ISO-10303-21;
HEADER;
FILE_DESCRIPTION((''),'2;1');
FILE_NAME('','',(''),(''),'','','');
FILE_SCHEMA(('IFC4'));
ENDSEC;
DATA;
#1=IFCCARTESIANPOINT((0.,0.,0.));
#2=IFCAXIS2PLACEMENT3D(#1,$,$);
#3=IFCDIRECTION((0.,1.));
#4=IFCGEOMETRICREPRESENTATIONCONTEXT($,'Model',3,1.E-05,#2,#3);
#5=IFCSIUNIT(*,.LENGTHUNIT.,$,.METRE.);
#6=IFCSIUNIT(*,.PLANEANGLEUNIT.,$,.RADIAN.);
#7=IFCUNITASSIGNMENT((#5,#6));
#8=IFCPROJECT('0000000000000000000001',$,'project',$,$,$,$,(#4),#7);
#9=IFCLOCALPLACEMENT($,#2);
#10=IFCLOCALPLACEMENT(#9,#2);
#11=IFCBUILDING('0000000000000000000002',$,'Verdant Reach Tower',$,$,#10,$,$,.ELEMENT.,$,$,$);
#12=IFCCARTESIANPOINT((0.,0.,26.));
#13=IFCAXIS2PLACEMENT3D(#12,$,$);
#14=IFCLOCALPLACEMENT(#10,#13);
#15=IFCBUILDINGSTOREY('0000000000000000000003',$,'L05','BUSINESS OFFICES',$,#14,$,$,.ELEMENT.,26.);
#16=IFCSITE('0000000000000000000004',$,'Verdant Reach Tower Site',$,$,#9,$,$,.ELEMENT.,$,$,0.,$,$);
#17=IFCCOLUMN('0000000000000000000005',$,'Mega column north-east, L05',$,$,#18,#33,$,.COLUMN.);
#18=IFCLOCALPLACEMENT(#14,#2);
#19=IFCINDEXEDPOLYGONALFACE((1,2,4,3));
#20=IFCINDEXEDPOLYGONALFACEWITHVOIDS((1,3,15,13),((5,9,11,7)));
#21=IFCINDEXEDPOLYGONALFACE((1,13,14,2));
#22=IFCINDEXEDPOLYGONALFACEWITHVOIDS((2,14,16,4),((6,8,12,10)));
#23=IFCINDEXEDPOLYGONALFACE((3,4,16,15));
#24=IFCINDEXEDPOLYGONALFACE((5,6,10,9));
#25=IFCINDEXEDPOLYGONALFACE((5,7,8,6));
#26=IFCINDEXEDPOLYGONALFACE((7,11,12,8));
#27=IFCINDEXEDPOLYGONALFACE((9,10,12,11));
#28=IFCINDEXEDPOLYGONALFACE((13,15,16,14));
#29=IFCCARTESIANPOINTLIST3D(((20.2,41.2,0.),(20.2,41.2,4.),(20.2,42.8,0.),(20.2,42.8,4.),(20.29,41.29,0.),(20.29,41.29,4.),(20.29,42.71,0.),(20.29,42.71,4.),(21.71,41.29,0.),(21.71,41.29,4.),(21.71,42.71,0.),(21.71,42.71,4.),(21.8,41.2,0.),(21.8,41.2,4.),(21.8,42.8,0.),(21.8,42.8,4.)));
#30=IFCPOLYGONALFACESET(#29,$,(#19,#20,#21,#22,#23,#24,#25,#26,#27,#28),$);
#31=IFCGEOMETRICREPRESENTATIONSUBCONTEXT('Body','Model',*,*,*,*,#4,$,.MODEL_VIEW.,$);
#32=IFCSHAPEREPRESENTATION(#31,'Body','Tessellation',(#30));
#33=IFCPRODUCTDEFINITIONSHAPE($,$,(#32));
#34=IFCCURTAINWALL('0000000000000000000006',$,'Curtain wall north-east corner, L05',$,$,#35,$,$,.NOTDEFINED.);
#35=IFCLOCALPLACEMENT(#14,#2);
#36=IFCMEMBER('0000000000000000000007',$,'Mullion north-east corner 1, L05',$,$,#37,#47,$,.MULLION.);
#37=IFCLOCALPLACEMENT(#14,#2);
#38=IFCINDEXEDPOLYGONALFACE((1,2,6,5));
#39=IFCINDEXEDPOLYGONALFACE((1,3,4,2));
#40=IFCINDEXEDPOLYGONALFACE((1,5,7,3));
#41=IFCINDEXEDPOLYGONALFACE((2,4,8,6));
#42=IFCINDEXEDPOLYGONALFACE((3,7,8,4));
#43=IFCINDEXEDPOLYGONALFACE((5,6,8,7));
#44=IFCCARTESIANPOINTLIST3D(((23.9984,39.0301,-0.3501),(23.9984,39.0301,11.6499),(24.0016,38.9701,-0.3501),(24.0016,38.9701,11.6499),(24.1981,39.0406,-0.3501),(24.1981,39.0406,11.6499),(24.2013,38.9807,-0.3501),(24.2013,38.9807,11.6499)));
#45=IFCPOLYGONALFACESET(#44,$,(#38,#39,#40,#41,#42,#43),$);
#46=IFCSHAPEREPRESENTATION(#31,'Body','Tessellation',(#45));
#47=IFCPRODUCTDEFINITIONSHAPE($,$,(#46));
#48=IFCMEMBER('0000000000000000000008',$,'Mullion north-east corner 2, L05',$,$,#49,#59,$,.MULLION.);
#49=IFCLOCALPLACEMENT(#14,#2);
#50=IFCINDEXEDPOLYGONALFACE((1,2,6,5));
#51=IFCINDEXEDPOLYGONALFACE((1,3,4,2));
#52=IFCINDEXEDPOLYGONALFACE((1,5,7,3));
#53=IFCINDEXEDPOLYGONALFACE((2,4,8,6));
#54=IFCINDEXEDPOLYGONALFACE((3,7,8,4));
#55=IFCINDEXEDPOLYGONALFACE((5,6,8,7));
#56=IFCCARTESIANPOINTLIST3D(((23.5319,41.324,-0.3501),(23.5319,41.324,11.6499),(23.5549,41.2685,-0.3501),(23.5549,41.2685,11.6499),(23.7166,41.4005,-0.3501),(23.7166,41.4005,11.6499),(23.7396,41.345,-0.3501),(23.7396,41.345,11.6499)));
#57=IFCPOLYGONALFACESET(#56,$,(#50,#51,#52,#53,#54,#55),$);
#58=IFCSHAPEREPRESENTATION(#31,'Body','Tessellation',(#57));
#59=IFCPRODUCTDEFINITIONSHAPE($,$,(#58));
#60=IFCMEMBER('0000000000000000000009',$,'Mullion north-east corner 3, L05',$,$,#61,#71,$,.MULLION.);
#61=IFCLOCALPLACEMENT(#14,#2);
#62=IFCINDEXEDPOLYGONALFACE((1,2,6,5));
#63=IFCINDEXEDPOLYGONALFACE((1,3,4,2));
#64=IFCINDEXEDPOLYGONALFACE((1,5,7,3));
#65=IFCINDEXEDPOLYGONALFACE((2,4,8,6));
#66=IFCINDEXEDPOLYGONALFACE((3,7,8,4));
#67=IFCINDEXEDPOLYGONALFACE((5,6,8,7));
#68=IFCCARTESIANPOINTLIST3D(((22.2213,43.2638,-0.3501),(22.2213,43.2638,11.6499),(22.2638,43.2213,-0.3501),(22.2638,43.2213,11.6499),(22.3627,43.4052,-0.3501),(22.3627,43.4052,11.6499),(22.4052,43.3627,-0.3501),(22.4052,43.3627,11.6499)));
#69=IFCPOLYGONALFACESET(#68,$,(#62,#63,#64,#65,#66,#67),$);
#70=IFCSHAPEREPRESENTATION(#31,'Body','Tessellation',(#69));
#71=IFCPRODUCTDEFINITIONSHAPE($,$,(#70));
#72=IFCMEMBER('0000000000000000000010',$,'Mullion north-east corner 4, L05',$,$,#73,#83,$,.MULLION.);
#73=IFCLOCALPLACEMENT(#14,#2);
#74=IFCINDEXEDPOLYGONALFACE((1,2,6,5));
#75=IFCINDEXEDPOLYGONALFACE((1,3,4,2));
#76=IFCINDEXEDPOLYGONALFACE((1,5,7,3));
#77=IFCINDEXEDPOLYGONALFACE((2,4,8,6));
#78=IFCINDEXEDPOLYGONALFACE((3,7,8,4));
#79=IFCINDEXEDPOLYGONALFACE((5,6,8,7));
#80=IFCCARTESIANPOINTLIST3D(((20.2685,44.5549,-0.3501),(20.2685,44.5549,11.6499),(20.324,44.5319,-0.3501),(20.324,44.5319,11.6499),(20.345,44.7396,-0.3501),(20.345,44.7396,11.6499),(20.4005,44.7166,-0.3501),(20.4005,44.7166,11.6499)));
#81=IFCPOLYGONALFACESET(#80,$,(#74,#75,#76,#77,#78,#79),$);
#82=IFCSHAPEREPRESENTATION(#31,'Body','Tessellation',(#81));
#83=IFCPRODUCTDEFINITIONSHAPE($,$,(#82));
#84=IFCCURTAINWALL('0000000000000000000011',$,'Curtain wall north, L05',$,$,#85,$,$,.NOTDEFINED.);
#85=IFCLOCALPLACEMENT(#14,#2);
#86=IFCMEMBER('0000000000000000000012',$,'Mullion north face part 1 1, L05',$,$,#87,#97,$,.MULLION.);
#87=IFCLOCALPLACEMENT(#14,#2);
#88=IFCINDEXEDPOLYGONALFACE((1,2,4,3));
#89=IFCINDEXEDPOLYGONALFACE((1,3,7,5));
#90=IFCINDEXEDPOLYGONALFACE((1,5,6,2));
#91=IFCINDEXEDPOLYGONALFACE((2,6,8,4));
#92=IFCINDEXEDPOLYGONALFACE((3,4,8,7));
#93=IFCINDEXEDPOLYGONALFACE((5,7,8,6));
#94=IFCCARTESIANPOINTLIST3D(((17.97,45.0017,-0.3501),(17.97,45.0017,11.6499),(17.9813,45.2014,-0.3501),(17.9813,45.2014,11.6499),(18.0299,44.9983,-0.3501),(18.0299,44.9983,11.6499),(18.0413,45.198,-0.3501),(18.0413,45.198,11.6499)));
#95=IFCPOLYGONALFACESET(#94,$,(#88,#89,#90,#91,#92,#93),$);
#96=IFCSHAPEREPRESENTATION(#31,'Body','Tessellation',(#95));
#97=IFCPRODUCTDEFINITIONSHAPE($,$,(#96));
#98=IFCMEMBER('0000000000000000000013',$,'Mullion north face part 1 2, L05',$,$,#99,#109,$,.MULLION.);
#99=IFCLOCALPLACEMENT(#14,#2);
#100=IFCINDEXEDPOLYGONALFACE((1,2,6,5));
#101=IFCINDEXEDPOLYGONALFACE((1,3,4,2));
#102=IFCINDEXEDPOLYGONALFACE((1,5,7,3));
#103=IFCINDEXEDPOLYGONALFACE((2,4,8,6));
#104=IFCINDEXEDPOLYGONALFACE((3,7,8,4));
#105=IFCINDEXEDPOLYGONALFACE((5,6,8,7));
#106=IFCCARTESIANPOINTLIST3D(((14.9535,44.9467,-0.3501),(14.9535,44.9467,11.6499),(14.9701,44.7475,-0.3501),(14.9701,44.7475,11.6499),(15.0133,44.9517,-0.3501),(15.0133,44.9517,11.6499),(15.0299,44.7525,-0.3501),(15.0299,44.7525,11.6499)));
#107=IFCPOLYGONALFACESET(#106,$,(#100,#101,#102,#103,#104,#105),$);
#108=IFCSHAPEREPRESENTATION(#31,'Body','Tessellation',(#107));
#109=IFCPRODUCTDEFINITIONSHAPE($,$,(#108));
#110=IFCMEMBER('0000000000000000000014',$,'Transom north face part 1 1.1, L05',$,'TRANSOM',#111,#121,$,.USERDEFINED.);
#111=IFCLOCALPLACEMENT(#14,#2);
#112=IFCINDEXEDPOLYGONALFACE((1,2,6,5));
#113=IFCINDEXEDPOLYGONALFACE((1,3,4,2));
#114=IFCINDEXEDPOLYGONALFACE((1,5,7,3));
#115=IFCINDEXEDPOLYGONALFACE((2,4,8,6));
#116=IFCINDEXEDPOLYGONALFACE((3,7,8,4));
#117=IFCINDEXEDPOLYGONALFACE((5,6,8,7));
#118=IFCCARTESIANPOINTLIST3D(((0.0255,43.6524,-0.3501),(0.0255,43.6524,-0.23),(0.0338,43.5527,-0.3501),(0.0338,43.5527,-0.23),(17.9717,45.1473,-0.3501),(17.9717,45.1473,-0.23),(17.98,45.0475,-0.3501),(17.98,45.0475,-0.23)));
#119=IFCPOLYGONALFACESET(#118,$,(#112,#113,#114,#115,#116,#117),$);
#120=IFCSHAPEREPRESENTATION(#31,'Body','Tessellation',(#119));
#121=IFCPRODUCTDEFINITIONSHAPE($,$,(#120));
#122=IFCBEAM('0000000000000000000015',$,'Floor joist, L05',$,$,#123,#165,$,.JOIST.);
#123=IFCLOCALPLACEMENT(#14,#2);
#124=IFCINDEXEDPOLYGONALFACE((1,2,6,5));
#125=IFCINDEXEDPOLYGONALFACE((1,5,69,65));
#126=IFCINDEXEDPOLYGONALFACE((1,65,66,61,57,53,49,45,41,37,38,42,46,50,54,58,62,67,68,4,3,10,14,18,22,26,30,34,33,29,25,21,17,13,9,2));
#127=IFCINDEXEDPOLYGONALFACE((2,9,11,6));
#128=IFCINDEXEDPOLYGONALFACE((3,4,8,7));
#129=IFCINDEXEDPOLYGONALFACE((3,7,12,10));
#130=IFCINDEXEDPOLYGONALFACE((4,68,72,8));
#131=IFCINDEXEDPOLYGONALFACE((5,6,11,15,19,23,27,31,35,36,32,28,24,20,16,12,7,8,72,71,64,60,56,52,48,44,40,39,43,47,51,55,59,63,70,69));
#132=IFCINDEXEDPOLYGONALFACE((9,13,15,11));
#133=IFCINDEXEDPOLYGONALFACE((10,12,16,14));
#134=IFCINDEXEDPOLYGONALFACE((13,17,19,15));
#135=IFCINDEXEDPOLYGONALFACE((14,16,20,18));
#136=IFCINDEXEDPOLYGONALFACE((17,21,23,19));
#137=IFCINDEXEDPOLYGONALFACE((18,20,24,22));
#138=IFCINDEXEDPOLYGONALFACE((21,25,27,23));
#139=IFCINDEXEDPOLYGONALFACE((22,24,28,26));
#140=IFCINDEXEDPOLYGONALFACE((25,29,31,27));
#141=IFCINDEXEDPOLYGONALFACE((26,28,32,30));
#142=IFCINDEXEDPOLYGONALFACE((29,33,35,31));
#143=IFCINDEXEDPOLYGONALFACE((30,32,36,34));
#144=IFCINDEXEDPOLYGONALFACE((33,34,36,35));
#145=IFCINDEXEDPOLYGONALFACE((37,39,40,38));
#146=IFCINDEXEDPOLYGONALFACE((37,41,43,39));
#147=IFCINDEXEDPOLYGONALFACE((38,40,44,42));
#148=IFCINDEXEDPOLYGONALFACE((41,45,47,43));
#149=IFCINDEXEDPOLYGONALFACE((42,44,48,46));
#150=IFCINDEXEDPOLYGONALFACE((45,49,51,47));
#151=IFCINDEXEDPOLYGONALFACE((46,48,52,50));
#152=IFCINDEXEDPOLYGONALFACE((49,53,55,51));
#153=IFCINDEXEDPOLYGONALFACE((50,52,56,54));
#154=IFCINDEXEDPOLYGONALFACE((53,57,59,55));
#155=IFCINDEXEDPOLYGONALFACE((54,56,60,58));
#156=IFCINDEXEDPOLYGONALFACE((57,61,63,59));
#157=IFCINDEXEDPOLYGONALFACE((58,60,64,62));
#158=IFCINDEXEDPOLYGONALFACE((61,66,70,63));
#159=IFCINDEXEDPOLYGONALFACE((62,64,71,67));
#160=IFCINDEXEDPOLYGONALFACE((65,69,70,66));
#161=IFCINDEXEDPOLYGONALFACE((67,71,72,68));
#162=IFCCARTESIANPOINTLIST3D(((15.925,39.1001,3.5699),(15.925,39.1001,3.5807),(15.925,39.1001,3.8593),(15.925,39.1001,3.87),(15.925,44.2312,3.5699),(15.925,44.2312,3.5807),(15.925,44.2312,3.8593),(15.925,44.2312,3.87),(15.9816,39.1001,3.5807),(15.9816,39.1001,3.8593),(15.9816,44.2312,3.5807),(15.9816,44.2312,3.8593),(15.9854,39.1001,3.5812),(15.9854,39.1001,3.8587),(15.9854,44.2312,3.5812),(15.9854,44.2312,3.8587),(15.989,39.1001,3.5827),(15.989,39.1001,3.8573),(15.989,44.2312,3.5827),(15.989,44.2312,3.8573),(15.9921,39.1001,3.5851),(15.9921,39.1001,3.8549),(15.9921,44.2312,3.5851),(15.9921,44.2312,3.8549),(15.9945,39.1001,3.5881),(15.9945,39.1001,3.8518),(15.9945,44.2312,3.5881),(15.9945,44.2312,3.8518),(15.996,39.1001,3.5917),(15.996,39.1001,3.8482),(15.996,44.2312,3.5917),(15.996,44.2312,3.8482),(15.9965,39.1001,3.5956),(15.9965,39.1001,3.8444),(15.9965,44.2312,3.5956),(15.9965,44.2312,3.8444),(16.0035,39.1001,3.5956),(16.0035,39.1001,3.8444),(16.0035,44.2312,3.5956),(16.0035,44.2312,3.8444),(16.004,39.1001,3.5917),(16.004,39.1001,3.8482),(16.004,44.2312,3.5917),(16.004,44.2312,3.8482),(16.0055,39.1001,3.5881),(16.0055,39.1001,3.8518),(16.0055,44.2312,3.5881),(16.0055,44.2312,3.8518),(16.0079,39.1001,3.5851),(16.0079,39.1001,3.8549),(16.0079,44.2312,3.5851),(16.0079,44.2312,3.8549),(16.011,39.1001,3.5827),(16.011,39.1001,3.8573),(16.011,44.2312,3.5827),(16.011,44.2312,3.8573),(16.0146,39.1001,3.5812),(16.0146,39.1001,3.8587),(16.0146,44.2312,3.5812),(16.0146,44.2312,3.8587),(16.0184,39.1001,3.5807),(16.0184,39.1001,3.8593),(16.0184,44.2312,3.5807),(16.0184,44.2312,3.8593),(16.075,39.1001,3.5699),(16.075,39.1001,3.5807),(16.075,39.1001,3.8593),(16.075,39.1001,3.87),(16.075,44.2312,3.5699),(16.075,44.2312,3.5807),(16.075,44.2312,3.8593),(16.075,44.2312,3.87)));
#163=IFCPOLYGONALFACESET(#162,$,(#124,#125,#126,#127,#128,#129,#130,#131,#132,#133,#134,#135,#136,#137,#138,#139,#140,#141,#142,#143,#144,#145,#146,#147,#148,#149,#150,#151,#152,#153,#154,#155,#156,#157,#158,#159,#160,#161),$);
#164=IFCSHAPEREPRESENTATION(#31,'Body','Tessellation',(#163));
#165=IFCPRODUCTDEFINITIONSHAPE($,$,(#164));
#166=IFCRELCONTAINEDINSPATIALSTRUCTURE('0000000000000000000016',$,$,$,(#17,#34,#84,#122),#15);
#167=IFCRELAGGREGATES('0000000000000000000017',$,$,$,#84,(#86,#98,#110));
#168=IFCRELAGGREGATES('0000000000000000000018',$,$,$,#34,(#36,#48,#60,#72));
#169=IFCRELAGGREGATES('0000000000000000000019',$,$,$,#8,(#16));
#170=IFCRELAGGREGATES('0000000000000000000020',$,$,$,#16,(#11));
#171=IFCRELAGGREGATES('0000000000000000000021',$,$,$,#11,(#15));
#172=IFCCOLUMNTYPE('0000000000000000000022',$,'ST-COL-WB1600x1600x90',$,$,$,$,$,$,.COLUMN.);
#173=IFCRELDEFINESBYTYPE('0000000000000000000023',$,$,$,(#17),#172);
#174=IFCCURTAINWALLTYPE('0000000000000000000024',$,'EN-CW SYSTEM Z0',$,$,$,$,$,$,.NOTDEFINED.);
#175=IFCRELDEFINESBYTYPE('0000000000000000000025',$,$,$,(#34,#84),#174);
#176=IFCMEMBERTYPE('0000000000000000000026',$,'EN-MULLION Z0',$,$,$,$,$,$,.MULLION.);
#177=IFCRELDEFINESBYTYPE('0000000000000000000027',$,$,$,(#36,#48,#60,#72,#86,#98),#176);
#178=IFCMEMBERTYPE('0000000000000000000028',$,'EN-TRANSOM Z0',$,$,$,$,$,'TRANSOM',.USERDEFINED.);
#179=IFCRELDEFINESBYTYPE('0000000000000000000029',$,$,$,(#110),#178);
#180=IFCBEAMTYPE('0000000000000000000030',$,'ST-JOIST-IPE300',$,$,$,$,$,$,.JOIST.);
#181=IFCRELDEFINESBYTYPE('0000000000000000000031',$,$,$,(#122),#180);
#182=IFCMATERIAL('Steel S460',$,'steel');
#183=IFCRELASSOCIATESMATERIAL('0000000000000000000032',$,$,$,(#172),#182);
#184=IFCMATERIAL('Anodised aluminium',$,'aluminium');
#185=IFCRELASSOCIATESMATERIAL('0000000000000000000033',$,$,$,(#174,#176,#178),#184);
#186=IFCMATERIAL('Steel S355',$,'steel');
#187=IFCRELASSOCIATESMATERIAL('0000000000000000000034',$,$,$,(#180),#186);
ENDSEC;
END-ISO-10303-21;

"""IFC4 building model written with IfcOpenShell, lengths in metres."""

from ifc_helpers import new_model, si_unit, direction, frame, origin, origin_2d, place, context, subcontext, project, spatial, rectangle, hollow_rectangle, i_section, extrude, material, material_profile, profile_set, type_object, element, aggregate, save


model = new_model("IFC4")

# Units and contexts
model_context = context("Model", 3, precision=1e-05, world=origin(), true_north=direction((0.0, 1.0)))
body_context = subcontext(model_context, "Body", "Model", "MODEL_VIEW")
ifc_project = project(units=[si_unit("LENGTHUNIT", "METRE"), si_unit("PLANEANGLEUNIT", "RADIAN")], contexts=[model_context])

# Site, building, storey
site_placement = place(None, origin())
site = spatial("IfcSite", under=ifc_project, at=site_placement, Name="Verdant Reach Tower Site", CompositionType="ELEMENT", RefElevation=0.0)
building_placement = place(site_placement, origin())
building = spatial("IfcBuilding", under=site, at=building_placement, Name="Verdant Reach Tower", CompositionType="ELEMENT")
storey_placement = place(building_placement, frame((0.0, 0.0, 26.0)))
storey = spatial("IfcBuildingStorey", under=building, at=storey_placement, Name="L05", Description="BUSINESS OFFICES", CompositionType="ELEMENT", Elevation=26.0)

# Column
ifc_material_1 = material(Name="Steel S460", Category="steel")
ifc_material_profile_1 = material_profile(ifc_material_1, hollow_rectangle(XDim=1.6001, YDim=1.6001, WallThickness=0.0901, at=origin_2d()), Name="WB 1600x1600x90")
ifc_profile_set_1 = profile_set([ifc_material_profile_1], Name="Steel S460")
column_type = type_object("IfcColumnType", Name="ST-COL-WB1600x1600x90", PredefinedType="COLUMN", material=ifc_profile_set_1)
column_placement = place(storey_placement, frame((21.0, 42.0, 0.0), z_axis=(0.0, 0.0, 1.0), x_axis=(1.0, 0.0, 0.0)))
element("IfcColumn", 1, at=column_placement, inside=storey, type_object=column_type, Name="Mega column north-east, L05", PredefinedType="COLUMN", context=body_context, shape_type="SweptSolid", body=[
    extrude(hollow_rectangle(XDim=1.6001, YDim=1.6001, WallThickness=0.0901, at=origin_2d()), origin(), (0.0, 0.0, 1.0), 4.0),
])

# Curtain walls, members
ifc_material_2 = material(Name="Anodised aluminium", Category="aluminium")
curtain_wall_type = type_object("IfcCurtainWallType", Name="EN-CW SYSTEM Z0", PredefinedType="NOTDEFINED", material=ifc_material_2)
curtain_wall_1_placement = place(storey_placement, origin())
curtain_wall_1 = element("IfcCurtainWall", 2, at=curtain_wall_1_placement, inside=storey, type_object=curtain_wall_type, Name="Curtain wall north-east corner, L05", PredefinedType="NOTDEFINED")
ifc_material_profile_2 = material_profile(ifc_material_2, rectangle(XDim=0.2, YDim=0.0601, at=origin_2d()), Name="Mullion 60x200")
ifc_profile_set_2 = profile_set([ifc_material_profile_2], Name="Anodised aluminium")
member_type_1 = type_object("IfcMemberType", Name="EN-MULLION Z0", PredefinedType="MULLION", material=ifc_profile_set_2)
member_1_placement = place(storey_placement, frame((24.0999, 39.0054, -0.3501), z_axis=(0.0, 0.0, 1.0), x_axis=(0.998604, 0.052815, 0.0)))
member_1 = element("IfcMember", 3, at=member_1_placement, type_object=member_type_1, Name="Mullion north-east corner 1, L05", PredefinedType="MULLION", context=body_context, shape_type="SweptSolid", body=[
    extrude(rectangle(XDim=0.2, YDim=0.0601, at=origin_2d()), origin(), (0.0, 0.0, 1.0), 12.0),
])
member_2_placement = place(storey_placement, frame((23.6357, 41.3345, -0.3501), z_axis=(0.0, 0.0, 1.0), x_axis=(0.923875, 0.382694, 0.0)))
member_2 = element("IfcMember", 4, at=member_2_placement, type_object=member_type_1, Name="Mullion north-east corner 2, L05", PredefinedType="MULLION", context=body_context, shape_type="SweptSolid", body=[
    extrude(rectangle(XDim=0.2, YDim=0.0601, at=origin_2d()), origin(), (0.0, 0.0, 1.0), 12.0),
])
member_3_placement = place(storey_placement, frame((22.3132, 43.3132, -0.3501), z_axis=(0.0, 0.0, 1.0), x_axis=(0.707107, 0.707107, 0.0)))
member_3 = element("IfcMember", 5, at=member_3_placement, type_object=member_type_1, Name="Mullion north-east corner 3, L05", PredefinedType="MULLION", context=body_context, shape_type="SweptSolid", body=[
    extrude(rectangle(XDim=0.2, YDim=0.0601, at=origin_2d()), origin(), (0.0, 0.0, 1.0), 12.0),
])
member_4_placement = place(storey_placement, frame((20.3345, 44.6357, -0.3501), z_axis=(0.0, 0.0, 1.0), x_axis=(0.382694, 0.923875, 0.0)))
member_4 = element("IfcMember", 6, at=member_4_placement, type_object=member_type_1, Name="Mullion north-east corner 4, L05", PredefinedType="MULLION", context=body_context, shape_type="SweptSolid", body=[
    extrude(rectangle(XDim=0.2, YDim=0.0601, at=origin_2d()), origin(), (0.0, 0.0, 1.0), 12.0),
])
curtain_wall_2_placement = place(storey_placement, origin())
curtain_wall_2 = element("IfcCurtainWall", 7, at=curtain_wall_2_placement, inside=storey, type_object=curtain_wall_type, Name="Curtain wall north, L05", PredefinedType="NOTDEFINED")
member_5_placement = place(storey_placement, frame((18.0056, 45.0999, -0.3501), z_axis=(0.0, 0.0, 1.0), x_axis=(0.056569, 0.998399, 0.0)))
member_5 = element("IfcMember", 8, at=member_5_placement, type_object=member_type_1, Name="Mullion north face part 1 1, L05", PredefinedType="MULLION", context=body_context, shape_type="SweptSolid", body=[
    extrude(rectangle(XDim=0.2, YDim=0.0601, at=origin_2d()), origin(), (0.0, 0.0, 1.0), 12.0),
])
member_6_placement = place(storey_placement, frame((14.9917, 44.8496, -0.3501), z_axis=(0.0, 0.0, 1.0), x_axis=(-0.083045, 0.996546, 0.0)))
member_6 = element("IfcMember", 9, at=member_6_placement, type_object=member_type_1, Name="Mullion north face part 1 2, L05", PredefinedType="MULLION", context=body_context, shape_type="SweptSolid", body=[
    extrude(rectangle(XDim=0.2, YDim=0.0601, at=origin_2d()), origin(), (0.0, 0.0, 1.0), 12.0),
])
ifc_material_profile_3 = material_profile(ifc_material_2, rectangle(XDim=0.1001, YDim=0.1201, at=origin_2d()), Name="Transom 120x100")
ifc_profile_set_3 = profile_set([ifc_material_profile_3], Name="Anodised aluminium")
member_type_2 = type_object("IfcMemberType", Name="EN-TRANSOM Z0", ElementType="TRANSOM", PredefinedType="USERDEFINED", material=ifc_profile_set_3)
member_7_placement = place(storey_placement, frame((17.9758, 45.0974, -0.29), z_axis=(-0.996549, -0.083011, 0.0), x_axis=(0.083011, -0.996549, 0.0)))
member_7 = element("IfcMember", 10, at=member_7_placement, type_object=member_type_2, Name="Transom north face part 1 1.1, L05", ObjectType="TRANSOM", PredefinedType="USERDEFINED", context=body_context, shape_type="SweptSolid", body=[
    extrude(rectangle(XDim=0.1001, YDim=0.1201, at=origin_2d()), origin(), (0.0, 0.0, 1.0), 18.0083),
])

# Beam
ifc_material_3 = material(Name="Steel S355", Category="steel")
ifc_material_profile_4 = material_profile(ifc_material_3, i_section(OverallWidth=0.1499, OverallDepth=0.3, WebThickness=0.0071, FlangeThickness=0.0107, FilletRadius=0.0149, at=origin_2d()), Name="IPE 300")
ifc_profile_set_4 = profile_set([ifc_material_profile_4], Name="Steel S355")
beam_type_1 = type_object("IfcBeamType", Name="ST-JOIST-IPE300", PredefinedType="JOIST", material=ifc_profile_set_4)
beam_1_placement = place(storey_placement, frame((16.0, 39.1001, 3.72), z_axis=(0.0, 1.0, 0.0), x_axis=(-1.0, 0.0, 0.0)))
element("IfcBeam", 11, at=beam_1_placement, inside=storey, type_object=beam_type_1, Name="Floor joist, L05", PredefinedType="JOIST", context=body_context, shape_type="SweptSolid", body=[
    extrude(i_section(OverallWidth=0.1499, OverallDepth=0.3, WebThickness=0.0071, FlangeThickness=0.0107, FilletRadius=0.0149, at=origin_2d()), origin(), (0.0, 0.0, 1.0), 5.1311),
])

aggregate(curtain_wall_2, [member_5, member_6, member_7])
aggregate(curtain_wall_1, [member_1, member_2, member_3, member_4])

save(model, "model.ifc")
